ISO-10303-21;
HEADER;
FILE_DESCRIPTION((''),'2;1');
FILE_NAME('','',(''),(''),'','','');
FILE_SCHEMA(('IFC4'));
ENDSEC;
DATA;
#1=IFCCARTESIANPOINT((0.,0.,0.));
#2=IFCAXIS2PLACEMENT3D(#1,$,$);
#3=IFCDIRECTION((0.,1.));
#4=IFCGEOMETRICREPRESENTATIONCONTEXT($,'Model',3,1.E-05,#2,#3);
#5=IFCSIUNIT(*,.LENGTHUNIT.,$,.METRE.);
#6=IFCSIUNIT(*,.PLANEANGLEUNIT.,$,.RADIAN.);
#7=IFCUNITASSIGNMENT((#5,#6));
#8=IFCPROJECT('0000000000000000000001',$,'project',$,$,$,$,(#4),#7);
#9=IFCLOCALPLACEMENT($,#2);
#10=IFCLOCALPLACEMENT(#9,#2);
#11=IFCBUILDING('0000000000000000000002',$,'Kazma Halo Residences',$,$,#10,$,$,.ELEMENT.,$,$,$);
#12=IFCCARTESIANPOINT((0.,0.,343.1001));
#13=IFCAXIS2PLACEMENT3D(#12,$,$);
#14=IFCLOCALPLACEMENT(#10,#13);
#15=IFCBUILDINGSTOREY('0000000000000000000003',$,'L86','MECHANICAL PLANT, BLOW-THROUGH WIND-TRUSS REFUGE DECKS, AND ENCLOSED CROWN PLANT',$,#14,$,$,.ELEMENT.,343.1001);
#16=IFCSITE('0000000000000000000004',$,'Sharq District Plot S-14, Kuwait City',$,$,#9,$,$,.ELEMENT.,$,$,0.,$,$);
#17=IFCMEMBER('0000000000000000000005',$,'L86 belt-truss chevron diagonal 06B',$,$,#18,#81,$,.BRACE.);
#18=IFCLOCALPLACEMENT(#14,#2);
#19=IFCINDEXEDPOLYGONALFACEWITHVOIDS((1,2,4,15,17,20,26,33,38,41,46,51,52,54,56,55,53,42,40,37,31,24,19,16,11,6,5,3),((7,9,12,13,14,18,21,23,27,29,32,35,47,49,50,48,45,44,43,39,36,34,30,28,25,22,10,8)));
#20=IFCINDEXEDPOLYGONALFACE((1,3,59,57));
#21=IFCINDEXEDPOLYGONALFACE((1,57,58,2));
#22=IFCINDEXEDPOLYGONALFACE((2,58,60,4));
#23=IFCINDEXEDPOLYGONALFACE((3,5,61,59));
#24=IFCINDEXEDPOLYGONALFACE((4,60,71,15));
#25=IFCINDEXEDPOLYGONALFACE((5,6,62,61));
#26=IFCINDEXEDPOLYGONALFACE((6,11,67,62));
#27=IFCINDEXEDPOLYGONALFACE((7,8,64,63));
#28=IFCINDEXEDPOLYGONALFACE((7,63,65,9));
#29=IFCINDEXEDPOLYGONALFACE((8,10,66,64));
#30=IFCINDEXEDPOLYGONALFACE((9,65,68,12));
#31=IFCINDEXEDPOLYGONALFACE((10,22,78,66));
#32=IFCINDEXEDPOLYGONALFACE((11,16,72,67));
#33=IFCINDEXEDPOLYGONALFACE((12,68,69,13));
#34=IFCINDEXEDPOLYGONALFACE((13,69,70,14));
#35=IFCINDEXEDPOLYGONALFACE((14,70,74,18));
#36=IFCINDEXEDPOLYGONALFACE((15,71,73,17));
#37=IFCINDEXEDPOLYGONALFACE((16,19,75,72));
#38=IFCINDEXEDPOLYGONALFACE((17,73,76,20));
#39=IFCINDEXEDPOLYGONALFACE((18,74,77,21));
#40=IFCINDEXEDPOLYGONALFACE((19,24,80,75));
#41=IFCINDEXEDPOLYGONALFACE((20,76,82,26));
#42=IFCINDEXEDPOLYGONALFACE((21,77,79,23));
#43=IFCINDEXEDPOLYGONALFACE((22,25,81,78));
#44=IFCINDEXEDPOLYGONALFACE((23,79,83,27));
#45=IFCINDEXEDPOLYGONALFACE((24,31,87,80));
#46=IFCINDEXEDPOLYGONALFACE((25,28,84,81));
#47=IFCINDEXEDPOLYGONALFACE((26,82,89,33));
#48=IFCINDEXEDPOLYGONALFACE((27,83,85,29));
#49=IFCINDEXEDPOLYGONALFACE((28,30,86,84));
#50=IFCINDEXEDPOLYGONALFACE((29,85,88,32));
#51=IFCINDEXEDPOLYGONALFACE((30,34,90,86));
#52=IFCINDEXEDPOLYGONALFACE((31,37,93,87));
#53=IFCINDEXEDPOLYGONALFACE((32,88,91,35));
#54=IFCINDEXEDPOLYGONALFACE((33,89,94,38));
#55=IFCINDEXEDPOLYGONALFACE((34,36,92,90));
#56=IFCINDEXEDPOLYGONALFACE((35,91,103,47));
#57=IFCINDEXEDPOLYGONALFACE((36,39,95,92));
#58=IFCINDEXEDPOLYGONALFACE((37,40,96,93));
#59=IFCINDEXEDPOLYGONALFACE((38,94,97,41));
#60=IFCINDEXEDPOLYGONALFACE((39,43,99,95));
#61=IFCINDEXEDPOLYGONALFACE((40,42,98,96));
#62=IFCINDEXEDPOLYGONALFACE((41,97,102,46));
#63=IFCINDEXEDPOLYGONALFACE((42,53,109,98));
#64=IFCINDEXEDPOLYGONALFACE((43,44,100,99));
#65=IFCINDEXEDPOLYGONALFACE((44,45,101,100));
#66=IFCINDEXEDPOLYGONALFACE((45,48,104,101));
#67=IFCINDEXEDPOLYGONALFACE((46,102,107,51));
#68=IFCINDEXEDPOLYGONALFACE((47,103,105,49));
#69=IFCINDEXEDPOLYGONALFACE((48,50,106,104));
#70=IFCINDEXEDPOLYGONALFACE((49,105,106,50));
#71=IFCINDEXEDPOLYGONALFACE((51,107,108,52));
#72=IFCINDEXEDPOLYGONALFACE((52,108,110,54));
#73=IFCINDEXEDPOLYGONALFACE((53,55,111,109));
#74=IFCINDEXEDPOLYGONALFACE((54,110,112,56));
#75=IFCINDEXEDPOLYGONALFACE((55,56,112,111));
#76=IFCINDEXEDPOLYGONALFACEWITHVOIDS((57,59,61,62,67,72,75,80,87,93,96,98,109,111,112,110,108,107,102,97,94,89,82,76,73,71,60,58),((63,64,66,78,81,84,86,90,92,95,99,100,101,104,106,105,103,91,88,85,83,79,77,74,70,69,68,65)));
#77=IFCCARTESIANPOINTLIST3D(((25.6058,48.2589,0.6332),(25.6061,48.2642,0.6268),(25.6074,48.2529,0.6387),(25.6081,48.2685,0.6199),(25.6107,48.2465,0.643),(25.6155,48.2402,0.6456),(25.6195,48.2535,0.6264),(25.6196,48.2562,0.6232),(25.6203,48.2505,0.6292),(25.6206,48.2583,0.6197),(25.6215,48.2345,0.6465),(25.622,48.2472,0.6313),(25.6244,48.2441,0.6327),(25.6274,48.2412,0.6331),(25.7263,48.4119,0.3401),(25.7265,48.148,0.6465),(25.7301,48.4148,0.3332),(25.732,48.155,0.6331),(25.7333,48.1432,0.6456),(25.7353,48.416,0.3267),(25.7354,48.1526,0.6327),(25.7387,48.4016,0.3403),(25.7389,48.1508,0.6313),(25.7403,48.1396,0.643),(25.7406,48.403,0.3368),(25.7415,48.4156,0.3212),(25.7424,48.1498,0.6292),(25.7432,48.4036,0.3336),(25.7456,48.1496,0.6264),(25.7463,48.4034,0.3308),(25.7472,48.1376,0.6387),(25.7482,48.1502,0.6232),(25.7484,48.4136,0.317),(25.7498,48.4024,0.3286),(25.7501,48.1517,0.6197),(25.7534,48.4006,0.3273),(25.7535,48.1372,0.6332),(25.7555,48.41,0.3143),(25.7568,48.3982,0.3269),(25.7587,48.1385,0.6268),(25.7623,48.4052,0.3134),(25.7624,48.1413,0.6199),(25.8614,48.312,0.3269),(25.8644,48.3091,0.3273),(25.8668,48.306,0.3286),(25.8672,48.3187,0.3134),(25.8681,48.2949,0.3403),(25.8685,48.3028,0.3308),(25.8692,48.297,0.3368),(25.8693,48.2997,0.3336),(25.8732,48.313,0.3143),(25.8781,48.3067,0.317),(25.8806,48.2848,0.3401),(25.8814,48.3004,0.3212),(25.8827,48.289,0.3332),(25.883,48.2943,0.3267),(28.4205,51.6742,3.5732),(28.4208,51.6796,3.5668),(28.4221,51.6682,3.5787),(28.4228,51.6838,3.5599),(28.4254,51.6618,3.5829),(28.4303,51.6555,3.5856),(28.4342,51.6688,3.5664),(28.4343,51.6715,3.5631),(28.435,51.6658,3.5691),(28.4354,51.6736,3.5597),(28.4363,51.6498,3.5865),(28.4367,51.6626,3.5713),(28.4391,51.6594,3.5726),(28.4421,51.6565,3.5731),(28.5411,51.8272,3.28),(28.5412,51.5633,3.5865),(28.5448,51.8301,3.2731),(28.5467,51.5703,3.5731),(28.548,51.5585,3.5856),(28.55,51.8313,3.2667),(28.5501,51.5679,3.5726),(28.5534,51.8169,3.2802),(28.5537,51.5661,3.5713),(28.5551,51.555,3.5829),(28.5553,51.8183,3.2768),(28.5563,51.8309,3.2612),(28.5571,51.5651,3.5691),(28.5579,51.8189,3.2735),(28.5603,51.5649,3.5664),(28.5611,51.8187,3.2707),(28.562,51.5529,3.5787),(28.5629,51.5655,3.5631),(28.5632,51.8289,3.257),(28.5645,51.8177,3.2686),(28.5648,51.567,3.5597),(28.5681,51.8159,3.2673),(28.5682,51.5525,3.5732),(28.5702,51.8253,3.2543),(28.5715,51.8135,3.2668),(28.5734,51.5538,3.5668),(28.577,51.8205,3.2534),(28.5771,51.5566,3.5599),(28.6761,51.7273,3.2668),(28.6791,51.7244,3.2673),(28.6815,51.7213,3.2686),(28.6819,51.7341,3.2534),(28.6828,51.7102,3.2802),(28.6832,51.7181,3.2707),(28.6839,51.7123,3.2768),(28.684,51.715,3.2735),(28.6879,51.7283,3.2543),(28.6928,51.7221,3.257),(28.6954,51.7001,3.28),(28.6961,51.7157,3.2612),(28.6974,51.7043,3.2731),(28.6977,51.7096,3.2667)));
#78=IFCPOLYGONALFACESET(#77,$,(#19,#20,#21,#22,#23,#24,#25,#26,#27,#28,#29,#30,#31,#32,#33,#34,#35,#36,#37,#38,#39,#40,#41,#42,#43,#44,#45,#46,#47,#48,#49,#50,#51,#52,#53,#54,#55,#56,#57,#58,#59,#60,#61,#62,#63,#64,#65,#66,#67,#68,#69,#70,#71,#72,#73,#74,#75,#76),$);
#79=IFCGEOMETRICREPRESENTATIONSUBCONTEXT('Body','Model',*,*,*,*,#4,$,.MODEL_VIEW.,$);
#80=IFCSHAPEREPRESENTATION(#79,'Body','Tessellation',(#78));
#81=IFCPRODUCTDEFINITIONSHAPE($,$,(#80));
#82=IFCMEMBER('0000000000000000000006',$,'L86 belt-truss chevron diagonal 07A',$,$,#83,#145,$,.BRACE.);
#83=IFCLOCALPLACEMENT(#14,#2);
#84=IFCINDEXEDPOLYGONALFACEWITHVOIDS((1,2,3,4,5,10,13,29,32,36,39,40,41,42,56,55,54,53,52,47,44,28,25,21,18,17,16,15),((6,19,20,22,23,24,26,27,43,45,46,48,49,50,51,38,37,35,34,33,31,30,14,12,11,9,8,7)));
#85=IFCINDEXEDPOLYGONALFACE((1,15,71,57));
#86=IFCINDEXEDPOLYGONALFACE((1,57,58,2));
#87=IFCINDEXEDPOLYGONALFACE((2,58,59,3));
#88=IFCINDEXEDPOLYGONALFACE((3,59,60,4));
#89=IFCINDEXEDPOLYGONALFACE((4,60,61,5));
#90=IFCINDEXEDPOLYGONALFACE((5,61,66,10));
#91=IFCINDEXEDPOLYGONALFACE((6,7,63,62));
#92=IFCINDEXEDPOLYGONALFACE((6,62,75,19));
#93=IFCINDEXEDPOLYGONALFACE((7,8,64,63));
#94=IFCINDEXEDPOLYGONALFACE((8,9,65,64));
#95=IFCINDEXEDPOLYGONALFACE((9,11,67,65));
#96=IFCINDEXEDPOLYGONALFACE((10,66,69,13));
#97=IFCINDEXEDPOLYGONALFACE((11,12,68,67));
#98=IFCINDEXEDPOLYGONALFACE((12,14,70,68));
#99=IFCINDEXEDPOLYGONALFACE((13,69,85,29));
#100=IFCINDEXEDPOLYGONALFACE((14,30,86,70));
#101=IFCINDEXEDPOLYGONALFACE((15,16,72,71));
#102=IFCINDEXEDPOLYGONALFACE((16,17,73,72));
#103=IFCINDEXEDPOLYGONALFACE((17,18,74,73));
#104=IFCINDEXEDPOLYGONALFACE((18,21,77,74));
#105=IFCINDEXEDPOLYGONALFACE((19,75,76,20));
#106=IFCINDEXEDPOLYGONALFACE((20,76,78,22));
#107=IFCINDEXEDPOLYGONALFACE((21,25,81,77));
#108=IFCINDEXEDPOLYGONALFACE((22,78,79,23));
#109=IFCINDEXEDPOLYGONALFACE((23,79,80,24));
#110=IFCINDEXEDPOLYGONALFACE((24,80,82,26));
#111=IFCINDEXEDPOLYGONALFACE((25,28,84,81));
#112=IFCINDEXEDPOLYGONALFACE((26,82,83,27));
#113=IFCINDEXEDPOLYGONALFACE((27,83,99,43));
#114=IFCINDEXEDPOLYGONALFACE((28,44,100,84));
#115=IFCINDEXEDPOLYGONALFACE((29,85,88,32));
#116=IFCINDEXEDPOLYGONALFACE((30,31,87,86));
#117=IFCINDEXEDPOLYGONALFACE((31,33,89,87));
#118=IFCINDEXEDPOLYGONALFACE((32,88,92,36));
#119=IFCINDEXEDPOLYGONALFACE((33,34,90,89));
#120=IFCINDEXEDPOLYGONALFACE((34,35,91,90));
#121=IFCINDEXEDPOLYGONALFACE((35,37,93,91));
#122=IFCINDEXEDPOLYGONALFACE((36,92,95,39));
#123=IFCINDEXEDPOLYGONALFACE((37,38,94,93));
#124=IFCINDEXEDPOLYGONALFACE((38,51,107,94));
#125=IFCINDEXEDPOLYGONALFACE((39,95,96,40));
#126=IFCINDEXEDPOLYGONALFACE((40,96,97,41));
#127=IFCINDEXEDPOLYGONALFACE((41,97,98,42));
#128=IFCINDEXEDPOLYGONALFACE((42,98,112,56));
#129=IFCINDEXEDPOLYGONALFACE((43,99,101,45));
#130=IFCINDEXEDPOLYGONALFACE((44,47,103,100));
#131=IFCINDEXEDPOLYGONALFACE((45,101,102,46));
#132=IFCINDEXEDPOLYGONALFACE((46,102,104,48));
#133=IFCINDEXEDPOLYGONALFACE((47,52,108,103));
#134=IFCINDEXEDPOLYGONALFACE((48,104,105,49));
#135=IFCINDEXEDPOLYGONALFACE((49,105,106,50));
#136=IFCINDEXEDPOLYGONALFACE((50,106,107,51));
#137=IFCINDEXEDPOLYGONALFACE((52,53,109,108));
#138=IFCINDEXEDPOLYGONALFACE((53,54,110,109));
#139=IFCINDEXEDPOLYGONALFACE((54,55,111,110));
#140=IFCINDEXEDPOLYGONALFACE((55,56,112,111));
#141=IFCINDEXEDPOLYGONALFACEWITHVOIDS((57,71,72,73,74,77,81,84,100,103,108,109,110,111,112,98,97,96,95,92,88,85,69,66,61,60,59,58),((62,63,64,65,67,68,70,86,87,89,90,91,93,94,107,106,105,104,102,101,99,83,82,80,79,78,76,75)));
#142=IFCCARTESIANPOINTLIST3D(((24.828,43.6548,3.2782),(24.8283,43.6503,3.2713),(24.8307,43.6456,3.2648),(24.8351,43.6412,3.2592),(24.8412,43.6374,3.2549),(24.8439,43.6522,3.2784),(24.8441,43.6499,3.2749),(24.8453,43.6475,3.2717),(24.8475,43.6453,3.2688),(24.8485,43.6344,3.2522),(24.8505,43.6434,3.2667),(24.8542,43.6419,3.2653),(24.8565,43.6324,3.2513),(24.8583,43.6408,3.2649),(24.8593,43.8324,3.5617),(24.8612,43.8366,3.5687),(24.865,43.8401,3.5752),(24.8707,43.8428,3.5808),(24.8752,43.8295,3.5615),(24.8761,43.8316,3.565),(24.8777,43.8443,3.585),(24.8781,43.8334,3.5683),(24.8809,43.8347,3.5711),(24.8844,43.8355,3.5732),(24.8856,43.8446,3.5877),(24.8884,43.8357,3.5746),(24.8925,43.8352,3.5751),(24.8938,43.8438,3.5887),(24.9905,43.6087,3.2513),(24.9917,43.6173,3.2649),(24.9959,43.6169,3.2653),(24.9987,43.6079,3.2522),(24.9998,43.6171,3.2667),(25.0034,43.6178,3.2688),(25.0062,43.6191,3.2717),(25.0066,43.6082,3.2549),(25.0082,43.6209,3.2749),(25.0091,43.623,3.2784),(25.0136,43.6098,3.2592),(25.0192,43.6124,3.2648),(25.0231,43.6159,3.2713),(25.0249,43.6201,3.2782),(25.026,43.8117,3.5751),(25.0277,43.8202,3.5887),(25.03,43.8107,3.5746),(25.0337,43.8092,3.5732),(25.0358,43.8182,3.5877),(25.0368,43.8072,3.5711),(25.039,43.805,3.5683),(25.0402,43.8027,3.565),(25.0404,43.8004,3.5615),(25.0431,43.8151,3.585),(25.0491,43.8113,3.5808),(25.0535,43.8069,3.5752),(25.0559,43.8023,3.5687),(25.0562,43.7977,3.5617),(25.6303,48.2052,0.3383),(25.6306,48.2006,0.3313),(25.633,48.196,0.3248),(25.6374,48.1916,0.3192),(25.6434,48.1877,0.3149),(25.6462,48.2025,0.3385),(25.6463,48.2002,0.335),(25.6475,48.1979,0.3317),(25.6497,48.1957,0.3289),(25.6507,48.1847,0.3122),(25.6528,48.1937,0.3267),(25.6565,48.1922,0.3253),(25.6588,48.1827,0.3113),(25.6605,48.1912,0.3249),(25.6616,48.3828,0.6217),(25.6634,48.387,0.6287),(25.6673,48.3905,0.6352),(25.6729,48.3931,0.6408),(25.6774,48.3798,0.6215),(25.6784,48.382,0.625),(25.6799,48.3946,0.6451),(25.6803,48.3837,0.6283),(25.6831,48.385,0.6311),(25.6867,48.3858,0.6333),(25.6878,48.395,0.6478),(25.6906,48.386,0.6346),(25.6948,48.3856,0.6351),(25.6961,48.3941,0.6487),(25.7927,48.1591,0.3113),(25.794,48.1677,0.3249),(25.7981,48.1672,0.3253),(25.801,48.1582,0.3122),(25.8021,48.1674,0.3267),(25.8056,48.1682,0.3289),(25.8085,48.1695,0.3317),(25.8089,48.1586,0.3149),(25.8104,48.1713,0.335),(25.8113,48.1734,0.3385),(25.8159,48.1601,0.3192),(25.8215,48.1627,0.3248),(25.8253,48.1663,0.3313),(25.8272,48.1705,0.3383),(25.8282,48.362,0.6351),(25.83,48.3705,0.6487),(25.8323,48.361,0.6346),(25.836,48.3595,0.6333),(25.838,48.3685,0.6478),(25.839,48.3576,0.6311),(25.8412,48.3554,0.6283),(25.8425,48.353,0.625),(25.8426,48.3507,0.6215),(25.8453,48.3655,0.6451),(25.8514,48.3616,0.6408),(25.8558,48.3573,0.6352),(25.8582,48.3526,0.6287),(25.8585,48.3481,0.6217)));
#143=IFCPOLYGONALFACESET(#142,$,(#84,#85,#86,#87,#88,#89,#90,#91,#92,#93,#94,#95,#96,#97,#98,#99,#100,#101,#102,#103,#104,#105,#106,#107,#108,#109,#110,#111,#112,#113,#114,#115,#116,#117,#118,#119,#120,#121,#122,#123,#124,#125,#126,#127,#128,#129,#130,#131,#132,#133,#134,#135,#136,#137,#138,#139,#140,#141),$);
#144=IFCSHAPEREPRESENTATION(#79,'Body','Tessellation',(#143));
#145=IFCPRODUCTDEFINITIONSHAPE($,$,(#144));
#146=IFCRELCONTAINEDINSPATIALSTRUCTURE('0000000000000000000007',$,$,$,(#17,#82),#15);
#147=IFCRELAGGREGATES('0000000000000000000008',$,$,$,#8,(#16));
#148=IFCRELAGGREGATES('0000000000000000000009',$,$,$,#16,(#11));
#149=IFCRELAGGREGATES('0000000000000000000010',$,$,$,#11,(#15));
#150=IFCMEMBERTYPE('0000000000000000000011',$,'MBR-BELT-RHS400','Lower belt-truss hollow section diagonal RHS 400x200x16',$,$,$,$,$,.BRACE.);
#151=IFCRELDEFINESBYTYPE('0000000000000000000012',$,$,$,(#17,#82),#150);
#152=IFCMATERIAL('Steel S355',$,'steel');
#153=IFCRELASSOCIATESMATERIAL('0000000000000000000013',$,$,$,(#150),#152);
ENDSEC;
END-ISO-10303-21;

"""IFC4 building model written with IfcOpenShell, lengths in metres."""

from ifc_helpers import new_model, si_unit, direction, frame, origin, origin_2d, place, context, subcontext, project, spatial, hollow_rectangle, extrude, material, material_profile, profile_set, type_object, element, save


model = new_model("IFC4")

# Units and contexts
model_context = context("Model", 3, precision=1e-05, world=origin(), true_north=direction((0.0, 1.0)))
body_context = subcontext(model_context, "Body", "Model", "MODEL_VIEW")
ifc_project = project(units=[si_unit("LENGTHUNIT", "METRE"), si_unit("PLANEANGLEUNIT", "RADIAN")], contexts=[model_context])

# Site, building, storey
site_placement = place(None, origin())
site = spatial("IfcSite", under=ifc_project, at=site_placement, Name="Sharq District Plot S-14, Kuwait City", CompositionType="ELEMENT", RefElevation=0.0)
building_placement = place(site_placement, origin())
building = spatial("IfcBuilding", under=site, at=building_placement, Name="Kazma Halo Residences", CompositionType="ELEMENT")
storey_placement = place(building_placement, frame((0.0, 0.0, 343.1001)))
storey = spatial("IfcBuildingStorey", under=building, at=storey_placement, Name="L86", Description="MECHANICAL PLANT, BLOW-THROUGH WIND-TRUSS REFUGE DECKS, AND ENCLOSED CROWN PLANT", CompositionType="ELEMENT", Elevation=343.1001)

# Shared definitions
ifc_material_1 = material(Name="Steel S355", Category="steel")

# Members
ifc_material_profile_1 = material_profile(ifc_material_1, hollow_rectangle(XDim=0.2, YDim=0.3999, WallThickness=0.0161, InnerFilletRadius=0.0161, OuterFilletRadius=0.032, at=origin_2d()), Name="RHS400x200x16")
ifc_profile_set_1 = profile_set([ifc_material_profile_1], Name="Steel S355")
member_type_1 = type_object("IfcMemberType", Name="MBR-BELT-RHS400", Description="Lower belt-truss hollow section diagonal RHS 400x200x16", PredefinedType="BRACE", material=ifc_profile_set_1)
member_1_placement = place(storey_placement, frame((25.7444, 48.2766, 0.48), z_axis=(0.529757, 0.642794, 0.553329), x_axis=(-0.771696, 0.635991, 0.0)))
element("IfcMember", 1, at=member_1_placement, inside=storey, type_object=member_type_1, Name="L86 belt-truss chevron diagonal 06B", PredefinedType="BRACE", context=body_context, shape_type="SweptSolid", body=[
    extrude(hollow_rectangle(XDim=0.2, YDim=0.3999, WallThickness=0.0161, InnerFilletRadius=0.0161, OuterFilletRadius=0.032, at=origin_2d()), origin(), (0.0, 0.0, 1.0), 5.3132),
])
member_2_placement = place(storey_placement, frame((25.7444, 48.2766, 0.48), z_axis=(-0.146489, -0.830877, 0.536829), x_axis=(0.984811, -0.173629, 0.0)))
element("IfcMember", 2, at=member_2_placement, inside=storey, type_object=member_type_1, Name="L86 belt-truss chevron diagonal 07A", PredefinedType="BRACE", context=body_context, shape_type="SweptSolid", body=[
    extrude(hollow_rectangle(XDim=0.2, YDim=0.3999, WallThickness=0.0161, InnerFilletRadius=0.0161, OuterFilletRadius=0.032, at=origin_2d()), origin(), (0.0, 0.0, 1.0), 5.4766),
])

save(model, "model.ifc")
